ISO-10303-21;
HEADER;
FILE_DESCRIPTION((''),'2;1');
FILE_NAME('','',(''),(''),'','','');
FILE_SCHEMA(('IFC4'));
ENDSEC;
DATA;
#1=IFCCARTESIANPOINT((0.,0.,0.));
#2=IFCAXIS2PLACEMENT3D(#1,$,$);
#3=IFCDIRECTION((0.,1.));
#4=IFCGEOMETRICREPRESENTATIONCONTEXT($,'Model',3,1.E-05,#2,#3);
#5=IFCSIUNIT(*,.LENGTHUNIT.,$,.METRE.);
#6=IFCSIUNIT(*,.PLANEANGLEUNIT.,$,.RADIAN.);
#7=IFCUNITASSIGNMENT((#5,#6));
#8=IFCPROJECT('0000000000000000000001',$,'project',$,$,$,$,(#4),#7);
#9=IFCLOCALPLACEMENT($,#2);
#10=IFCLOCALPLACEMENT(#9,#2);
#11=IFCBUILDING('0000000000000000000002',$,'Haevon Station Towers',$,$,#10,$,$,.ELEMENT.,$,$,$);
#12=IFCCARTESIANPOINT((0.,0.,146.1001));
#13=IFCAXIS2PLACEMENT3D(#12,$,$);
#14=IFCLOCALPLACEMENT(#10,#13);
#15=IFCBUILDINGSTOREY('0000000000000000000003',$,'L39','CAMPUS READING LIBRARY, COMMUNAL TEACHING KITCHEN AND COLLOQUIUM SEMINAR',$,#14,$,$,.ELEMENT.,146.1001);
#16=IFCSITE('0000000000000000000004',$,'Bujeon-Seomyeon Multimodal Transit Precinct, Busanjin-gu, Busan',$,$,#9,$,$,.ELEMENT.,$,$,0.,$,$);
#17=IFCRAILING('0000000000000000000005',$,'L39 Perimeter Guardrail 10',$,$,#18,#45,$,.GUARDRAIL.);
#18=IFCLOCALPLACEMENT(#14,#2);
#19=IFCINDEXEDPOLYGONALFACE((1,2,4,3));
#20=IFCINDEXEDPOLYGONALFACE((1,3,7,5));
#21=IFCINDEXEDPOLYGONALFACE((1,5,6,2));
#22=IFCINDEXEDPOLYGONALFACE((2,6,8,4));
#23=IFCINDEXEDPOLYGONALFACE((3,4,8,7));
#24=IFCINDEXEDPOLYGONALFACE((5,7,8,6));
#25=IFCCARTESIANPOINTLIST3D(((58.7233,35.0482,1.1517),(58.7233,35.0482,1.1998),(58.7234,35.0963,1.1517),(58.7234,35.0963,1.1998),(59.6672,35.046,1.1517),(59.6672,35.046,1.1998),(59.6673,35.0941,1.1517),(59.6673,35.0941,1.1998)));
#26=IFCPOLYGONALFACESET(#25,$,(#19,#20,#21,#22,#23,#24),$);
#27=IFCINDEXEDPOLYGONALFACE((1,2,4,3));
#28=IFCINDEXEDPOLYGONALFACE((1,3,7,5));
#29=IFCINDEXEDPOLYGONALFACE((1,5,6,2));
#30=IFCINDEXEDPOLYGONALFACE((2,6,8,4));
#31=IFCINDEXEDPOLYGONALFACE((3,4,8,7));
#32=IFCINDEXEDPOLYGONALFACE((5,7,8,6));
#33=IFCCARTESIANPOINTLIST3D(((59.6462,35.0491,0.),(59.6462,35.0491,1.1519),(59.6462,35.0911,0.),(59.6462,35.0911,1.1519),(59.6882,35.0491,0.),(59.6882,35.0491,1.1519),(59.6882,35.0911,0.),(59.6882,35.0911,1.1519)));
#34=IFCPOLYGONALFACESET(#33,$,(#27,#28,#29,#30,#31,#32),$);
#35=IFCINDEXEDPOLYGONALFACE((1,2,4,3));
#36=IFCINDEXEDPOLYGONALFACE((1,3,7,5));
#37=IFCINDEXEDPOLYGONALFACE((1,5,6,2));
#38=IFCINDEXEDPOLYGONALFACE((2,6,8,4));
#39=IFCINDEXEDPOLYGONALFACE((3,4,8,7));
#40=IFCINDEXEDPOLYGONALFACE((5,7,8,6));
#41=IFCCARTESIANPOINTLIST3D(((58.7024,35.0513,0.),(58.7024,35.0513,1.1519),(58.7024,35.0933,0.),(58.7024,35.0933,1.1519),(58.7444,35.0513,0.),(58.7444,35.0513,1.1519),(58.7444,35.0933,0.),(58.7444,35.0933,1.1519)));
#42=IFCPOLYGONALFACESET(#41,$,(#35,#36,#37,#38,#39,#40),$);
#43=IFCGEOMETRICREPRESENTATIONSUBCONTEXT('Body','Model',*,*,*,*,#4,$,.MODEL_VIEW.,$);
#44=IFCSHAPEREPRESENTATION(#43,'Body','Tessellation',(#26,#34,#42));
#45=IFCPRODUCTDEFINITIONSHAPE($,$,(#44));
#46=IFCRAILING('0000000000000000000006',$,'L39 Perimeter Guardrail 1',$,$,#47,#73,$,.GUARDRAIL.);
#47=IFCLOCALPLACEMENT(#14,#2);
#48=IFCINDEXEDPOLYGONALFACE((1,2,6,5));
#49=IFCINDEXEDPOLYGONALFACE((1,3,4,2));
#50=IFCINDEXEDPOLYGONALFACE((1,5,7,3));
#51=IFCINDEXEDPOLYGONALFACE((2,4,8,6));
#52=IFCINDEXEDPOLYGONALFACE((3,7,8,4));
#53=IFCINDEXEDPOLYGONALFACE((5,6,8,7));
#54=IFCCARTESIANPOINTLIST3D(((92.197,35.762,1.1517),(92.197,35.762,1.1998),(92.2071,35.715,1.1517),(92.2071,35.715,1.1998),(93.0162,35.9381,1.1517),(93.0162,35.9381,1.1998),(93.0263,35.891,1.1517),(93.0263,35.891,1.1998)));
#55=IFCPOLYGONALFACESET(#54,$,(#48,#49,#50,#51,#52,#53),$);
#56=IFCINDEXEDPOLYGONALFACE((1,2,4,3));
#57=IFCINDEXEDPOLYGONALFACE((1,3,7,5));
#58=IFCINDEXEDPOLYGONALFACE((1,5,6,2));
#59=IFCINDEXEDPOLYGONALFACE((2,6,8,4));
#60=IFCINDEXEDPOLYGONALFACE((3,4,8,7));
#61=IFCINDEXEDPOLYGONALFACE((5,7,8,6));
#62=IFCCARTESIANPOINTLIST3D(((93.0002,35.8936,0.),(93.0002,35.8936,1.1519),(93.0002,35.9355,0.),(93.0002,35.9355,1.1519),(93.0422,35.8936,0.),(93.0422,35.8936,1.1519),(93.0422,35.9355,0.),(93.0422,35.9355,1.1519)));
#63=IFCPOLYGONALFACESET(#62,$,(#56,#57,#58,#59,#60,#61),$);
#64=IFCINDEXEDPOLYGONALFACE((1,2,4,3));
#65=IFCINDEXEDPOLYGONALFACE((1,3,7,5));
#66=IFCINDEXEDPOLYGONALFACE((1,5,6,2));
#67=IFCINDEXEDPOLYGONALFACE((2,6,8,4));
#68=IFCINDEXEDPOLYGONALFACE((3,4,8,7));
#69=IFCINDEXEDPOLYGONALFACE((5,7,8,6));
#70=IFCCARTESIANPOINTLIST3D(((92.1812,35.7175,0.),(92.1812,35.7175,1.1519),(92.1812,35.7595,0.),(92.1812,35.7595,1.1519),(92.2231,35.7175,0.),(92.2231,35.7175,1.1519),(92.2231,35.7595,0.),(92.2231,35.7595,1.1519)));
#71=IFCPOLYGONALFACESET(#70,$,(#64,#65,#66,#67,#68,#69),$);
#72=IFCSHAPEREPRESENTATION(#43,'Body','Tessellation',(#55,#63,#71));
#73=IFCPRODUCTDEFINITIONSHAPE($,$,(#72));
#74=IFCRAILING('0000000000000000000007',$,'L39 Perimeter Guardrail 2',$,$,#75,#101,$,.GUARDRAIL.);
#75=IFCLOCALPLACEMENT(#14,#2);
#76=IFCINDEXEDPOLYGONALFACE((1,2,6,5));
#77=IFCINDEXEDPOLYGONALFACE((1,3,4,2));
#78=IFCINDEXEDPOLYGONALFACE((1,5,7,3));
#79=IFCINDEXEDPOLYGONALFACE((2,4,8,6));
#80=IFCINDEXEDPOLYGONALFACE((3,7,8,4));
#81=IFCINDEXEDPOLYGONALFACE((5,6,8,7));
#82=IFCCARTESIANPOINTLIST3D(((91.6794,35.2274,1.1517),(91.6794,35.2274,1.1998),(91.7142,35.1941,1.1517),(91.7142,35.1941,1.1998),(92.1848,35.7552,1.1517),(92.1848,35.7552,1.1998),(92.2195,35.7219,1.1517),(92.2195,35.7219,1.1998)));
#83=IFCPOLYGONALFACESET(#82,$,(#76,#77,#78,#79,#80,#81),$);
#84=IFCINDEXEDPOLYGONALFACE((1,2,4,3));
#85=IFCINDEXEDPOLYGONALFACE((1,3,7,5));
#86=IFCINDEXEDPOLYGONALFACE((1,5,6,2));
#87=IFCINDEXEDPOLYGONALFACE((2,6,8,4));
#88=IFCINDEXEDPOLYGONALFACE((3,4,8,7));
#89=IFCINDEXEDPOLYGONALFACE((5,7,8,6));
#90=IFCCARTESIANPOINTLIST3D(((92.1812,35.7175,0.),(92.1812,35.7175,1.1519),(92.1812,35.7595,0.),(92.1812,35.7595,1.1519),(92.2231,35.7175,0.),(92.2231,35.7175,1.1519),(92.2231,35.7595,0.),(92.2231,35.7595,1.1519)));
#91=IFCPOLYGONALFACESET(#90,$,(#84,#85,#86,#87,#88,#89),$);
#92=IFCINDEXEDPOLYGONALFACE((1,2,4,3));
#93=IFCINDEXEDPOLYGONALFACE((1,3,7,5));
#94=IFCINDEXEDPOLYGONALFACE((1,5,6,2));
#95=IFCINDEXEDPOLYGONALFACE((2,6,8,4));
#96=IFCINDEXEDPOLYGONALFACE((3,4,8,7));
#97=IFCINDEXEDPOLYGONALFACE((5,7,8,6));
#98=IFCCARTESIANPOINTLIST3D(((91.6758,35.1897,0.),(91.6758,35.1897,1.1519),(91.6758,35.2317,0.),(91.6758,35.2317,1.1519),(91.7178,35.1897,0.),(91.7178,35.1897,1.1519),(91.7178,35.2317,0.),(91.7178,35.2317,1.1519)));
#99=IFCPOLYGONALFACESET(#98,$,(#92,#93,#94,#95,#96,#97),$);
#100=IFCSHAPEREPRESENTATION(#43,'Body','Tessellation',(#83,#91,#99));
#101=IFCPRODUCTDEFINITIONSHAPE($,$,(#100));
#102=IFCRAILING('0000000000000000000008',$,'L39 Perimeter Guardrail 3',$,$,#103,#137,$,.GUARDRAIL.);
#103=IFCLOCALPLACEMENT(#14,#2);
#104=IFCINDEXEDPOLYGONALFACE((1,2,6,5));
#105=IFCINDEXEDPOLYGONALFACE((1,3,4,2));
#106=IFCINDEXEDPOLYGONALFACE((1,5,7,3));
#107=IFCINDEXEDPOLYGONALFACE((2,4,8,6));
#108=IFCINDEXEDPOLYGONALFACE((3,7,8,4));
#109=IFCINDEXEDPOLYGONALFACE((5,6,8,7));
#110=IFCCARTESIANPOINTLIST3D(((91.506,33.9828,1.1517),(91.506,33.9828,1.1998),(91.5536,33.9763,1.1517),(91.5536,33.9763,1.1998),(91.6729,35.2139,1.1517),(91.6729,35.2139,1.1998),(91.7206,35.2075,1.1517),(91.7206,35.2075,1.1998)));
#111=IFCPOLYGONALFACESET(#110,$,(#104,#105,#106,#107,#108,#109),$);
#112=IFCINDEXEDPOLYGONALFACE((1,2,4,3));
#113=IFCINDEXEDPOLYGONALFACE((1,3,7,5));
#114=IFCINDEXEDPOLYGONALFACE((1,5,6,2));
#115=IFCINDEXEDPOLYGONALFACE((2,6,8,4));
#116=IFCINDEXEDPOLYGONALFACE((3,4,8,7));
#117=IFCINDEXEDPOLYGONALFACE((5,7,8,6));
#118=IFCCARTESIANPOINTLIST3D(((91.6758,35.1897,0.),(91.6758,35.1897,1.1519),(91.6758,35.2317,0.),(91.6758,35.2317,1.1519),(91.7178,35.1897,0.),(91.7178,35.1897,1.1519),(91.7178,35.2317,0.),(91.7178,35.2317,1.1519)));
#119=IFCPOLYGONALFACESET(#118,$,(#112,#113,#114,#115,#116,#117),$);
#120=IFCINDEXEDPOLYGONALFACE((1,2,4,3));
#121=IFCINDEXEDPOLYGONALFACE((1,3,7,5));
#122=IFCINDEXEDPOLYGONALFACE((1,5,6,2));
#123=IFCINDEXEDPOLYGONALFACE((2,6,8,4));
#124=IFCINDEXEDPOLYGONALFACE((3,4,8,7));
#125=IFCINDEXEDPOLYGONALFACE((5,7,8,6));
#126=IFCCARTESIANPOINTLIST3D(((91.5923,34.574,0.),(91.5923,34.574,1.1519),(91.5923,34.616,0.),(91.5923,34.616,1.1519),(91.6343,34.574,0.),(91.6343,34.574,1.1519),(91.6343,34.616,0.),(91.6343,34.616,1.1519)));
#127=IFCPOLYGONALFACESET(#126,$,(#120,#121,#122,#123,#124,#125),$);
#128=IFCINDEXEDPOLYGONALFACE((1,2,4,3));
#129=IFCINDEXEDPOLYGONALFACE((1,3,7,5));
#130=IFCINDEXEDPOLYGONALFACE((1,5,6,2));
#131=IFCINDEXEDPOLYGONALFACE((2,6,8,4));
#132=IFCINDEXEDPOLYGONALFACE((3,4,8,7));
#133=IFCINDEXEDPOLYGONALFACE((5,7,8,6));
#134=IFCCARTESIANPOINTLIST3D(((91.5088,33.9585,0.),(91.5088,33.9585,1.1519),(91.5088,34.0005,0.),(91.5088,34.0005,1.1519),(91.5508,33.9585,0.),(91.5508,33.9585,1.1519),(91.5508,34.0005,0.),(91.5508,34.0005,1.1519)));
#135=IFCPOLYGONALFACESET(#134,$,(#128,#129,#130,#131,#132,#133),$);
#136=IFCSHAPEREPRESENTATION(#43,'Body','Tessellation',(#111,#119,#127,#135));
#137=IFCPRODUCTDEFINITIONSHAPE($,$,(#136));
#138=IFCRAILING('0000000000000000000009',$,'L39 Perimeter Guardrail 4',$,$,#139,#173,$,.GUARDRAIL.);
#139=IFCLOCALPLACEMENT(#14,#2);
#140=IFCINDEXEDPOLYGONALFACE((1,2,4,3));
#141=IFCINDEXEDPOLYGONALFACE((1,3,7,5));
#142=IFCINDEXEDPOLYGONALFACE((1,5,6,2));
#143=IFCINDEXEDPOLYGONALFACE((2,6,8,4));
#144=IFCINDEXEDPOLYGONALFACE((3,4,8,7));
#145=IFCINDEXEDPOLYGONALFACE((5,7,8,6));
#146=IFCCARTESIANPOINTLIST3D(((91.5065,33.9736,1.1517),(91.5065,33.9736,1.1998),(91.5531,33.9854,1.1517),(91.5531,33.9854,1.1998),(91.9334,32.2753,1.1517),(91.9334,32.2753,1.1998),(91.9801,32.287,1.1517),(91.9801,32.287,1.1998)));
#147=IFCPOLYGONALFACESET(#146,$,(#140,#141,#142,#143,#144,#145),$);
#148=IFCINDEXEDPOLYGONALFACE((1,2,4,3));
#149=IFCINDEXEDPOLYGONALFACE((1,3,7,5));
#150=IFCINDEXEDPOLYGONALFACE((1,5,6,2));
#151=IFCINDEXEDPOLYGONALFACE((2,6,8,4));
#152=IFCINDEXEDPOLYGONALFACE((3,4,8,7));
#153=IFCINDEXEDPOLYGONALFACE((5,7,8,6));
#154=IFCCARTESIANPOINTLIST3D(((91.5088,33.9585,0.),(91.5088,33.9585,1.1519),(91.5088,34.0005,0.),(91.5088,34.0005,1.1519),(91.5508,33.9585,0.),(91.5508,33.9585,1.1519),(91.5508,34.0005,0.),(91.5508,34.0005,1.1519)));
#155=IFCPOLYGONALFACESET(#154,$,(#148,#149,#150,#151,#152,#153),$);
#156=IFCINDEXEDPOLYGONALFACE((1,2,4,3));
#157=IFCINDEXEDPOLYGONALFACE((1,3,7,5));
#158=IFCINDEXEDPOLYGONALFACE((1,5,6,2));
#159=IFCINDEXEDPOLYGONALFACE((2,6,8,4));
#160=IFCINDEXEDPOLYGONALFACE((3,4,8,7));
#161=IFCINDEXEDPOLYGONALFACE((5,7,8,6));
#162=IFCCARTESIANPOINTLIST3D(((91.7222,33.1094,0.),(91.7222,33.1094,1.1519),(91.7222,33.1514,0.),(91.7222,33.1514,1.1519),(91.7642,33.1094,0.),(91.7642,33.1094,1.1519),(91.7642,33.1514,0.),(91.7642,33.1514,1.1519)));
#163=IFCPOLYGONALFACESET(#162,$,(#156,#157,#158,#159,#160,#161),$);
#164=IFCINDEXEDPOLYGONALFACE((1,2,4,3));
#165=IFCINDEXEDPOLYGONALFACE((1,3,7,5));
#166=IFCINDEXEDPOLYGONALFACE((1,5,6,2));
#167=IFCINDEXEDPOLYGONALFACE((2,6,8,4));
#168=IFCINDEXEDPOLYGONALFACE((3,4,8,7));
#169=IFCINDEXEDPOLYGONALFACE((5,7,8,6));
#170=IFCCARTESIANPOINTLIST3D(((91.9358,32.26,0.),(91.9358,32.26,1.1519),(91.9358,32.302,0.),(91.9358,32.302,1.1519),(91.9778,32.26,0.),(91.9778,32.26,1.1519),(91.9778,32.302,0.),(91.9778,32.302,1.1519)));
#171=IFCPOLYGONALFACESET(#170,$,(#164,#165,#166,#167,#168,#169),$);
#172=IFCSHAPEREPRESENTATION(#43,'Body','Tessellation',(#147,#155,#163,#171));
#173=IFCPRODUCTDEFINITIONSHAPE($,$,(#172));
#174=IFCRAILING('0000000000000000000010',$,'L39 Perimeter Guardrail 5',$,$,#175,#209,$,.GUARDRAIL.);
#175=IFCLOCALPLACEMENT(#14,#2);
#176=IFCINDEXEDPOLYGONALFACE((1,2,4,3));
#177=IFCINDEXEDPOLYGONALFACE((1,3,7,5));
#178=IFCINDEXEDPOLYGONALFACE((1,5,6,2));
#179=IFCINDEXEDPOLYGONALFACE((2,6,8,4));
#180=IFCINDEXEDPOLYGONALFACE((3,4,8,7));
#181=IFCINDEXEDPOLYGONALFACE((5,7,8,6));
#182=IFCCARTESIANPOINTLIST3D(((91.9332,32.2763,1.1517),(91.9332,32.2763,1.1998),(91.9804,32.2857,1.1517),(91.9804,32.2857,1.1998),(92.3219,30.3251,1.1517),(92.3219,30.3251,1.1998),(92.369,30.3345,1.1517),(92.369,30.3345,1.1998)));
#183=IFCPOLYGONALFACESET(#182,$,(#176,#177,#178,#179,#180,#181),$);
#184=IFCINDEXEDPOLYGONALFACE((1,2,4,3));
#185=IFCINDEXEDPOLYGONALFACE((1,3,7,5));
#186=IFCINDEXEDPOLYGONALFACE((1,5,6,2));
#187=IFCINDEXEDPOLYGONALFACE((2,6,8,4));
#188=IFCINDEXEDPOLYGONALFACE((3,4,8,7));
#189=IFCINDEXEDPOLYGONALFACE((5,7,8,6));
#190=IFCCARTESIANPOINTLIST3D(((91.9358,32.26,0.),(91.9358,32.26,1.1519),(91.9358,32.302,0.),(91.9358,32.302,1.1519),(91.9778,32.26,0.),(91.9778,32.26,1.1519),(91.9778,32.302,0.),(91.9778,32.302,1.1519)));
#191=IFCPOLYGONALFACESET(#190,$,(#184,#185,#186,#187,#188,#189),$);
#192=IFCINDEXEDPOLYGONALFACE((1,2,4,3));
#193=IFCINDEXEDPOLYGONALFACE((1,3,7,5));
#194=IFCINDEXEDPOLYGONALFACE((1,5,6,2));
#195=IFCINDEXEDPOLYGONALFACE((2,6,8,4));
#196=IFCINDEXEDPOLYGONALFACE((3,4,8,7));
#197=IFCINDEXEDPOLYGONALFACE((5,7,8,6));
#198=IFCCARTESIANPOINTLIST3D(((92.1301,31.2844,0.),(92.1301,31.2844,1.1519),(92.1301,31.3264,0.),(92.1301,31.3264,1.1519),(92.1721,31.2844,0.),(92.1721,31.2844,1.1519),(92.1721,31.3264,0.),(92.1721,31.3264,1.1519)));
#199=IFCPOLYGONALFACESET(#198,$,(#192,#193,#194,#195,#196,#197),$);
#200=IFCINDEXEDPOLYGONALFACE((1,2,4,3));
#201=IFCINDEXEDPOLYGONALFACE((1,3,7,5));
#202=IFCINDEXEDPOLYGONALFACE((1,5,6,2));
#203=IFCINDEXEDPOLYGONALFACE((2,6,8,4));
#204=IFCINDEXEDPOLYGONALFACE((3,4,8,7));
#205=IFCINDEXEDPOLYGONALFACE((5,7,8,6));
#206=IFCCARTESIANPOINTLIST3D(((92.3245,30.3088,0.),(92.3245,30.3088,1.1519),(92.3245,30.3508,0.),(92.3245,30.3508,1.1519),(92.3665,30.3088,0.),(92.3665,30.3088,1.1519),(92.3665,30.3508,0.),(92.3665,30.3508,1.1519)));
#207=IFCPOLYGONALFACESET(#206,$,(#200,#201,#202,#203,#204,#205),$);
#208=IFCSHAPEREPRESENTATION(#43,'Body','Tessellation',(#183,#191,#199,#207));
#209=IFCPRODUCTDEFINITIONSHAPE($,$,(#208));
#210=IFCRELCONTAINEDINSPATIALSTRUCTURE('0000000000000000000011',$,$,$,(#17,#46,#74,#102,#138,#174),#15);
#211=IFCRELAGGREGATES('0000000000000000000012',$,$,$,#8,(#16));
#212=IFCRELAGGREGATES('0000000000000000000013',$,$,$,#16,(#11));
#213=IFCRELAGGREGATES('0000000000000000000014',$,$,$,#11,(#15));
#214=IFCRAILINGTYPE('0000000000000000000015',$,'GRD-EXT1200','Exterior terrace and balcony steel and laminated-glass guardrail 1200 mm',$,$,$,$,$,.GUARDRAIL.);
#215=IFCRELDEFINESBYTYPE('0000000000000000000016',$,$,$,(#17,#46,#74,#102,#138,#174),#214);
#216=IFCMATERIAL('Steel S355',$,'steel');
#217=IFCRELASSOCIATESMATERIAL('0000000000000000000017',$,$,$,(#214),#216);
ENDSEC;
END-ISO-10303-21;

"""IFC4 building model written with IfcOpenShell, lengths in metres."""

from ifc_helpers import new_model, si_unit, direction, frame, origin, origin_2d, place, context, subcontext, project, spatial, rectangle, extrude, material, type_object, element, save


model = new_model("IFC4")

# Units and contexts
model_context = context("Model", 3, precision=1e-05, world=origin(), true_north=direction((0.0, 1.0)))
body_context = subcontext(model_context, "Body", "Model", "MODEL_VIEW")
ifc_project = project(units=[si_unit("LENGTHUNIT", "METRE"), si_unit("PLANEANGLEUNIT", "RADIAN")], contexts=[model_context])

# Site, building, storey
site_placement = place(None, origin())
site = spatial("IfcSite", under=ifc_project, at=site_placement, Name="Bujeon-Seomyeon Multimodal Transit Precinct, Busanjin-gu, Busan", CompositionType="ELEMENT", RefElevation=0.0)
building_placement = place(site_placement, origin())
building = spatial("IfcBuilding", under=site, at=building_placement, Name="Haevon Station Towers", CompositionType="ELEMENT")
storey_placement = place(building_placement, frame((0.0, 0.0, 146.1001)))
storey = spatial("IfcBuildingStorey", under=building, at=storey_placement, Name="L39", Description="CAMPUS READING LIBRARY, COMMUNAL TEACHING KITCHEN AND COLLOQUIUM SEMINAR", CompositionType="ELEMENT", Elevation=146.1001)

# Shared definitions
ifc_material_1 = material(Name="Steel S355", Category="steel")

# Railings
railing_type = type_object("IfcRailingType", Name="GRD-EXT1200", Description="Exterior terrace and balcony steel and laminated-glass guardrail 1200 mm", PredefinedType="GUARDRAIL", material=ifc_material_1)
railing_1_placement = place(storey_placement, frame((59.6672, 35.0701, 0.0)))
element("IfcRailing", 1, at=railing_1_placement, inside=storey, type_object=railing_type, Name="L39 Perimeter Guardrail 10", PredefinedType="GUARDRAIL", context=body_context, shape_type="SweptSolid", body=[
    extrude(rectangle(XDim=0.0481, YDim=0.0481, at=origin_2d()), frame((0.0, 0.0, 1.1758), z_axis=(-0.999997, 0.002328, 0.0), x_axis=(-0.002328, -0.999997, 0.0)), (0.0, 0.0, 1.0), 0.9438),
    extrude(rectangle(XDim=0.042, YDim=0.042, at=origin_2d()), origin(), (0.0, 0.0, 1.0), 1.1519),
    extrude(rectangle(XDim=0.042, YDim=0.042, at=origin_2d()), frame((-0.9438, 0.0022, 0.0)), (0.0, 0.0, 1.0), 1.1519),
])
railing_2_placement = place(storey_placement, frame((93.0212, 35.9146, 0.0)))
element("IfcRailing", 2, at=railing_2_placement, inside=storey, type_object=railing_type, Name="L39 Perimeter Guardrail 1", PredefinedType="GUARDRAIL", context=body_context, shape_type="SweptSolid", body=[
    extrude(rectangle(XDim=0.0481, YDim=0.0481, at=origin_2d()), frame((0.0, 0.0, 1.1758), z_axis=(-0.977679, -0.210106, 0.0), x_axis=(0.210106, -0.977679, 0.0)), (0.0, 0.0, 1.0), 0.8379),
    extrude(rectangle(XDim=0.042, YDim=0.042, at=origin_2d()), origin(), (0.0, 0.0, 1.0), 1.1519),
    extrude(rectangle(XDim=0.042, YDim=0.042, at=origin_2d()), frame((-0.8191, -0.176, 0.0)), (0.0, 0.0, 1.0), 1.1519),
])
railing_3_placement = place(storey_placement, frame((92.2021, 35.7385, 0.0)))
element("IfcRailing", 3, at=railing_3_placement, inside=storey, type_object=railing_type, Name="L39 Perimeter Guardrail 2", PredefinedType="GUARDRAIL", context=body_context, shape_type="SweptSolid", body=[
    extrude(rectangle(XDim=0.0481, YDim=0.0481, at=origin_2d()), frame((0.0, 0.0, 1.1758), z_axis=(-0.691571, -0.722308, 0.0), x_axis=(0.722308, -0.691571, 0.0)), (0.0, 0.0, 1.0), 0.7307),
    extrude(rectangle(XDim=0.042, YDim=0.042, at=origin_2d()), origin(), (0.0, 0.0, 1.0), 1.1519),
    extrude(rectangle(XDim=0.042, YDim=0.042, at=origin_2d()), frame((-0.5054, -0.5278, 0.0)), (0.0, 0.0, 1.0), 1.1519),
])
railing_4_placement = place(storey_placement, frame((91.6968, 35.2107, 0.0)))
element("IfcRailing", 4, at=railing_4_placement, inside=storey, type_object=railing_type, Name="L39 Perimeter Guardrail 3", PredefinedType="GUARDRAIL", context=body_context, shape_type="SweptSolid", body=[
    extrude(rectangle(XDim=0.0481, YDim=0.0481, at=origin_2d()), frame((0.0, 0.0, 1.1758), z_axis=(-0.134403, -0.990927, 0.0), x_axis=(0.990927, -0.134403, 0.0)), (0.0, 0.0, 1.0), 1.2424),
    extrude(rectangle(XDim=0.042, YDim=0.042, at=origin_2d()), origin(), (0.0, 0.0, 1.0), 1.1519),
    extrude(rectangle(XDim=0.042, YDim=0.042, at=origin_2d()), frame((-0.0835, -0.6157, 0.0)), (0.0, 0.0, 1.0), 1.1519),
    extrude(rectangle(XDim=0.042, YDim=0.042, at=origin_2d()), frame((-0.167, -1.2312, 0.0)), (0.0, 0.0, 1.0), 1.1519),
])
railing_5_placement = place(storey_placement, frame((91.5298, 33.9795, 0.0)))
element("IfcRailing", 5, at=railing_5_placement, inside=storey, type_object=railing_type, Name="L39 Perimeter Guardrail 4", PredefinedType="GUARDRAIL", context=body_context, shape_type="SweptSolid", body=[
    extrude(rectangle(XDim=0.0481, YDim=0.0481, at=origin_2d()), frame((0.0, 0.0, 1.1758), z_axis=(0.243815, -0.969822, 0.0), x_axis=(0.969822, 0.243815, 0.0)), (0.0, 0.0, 1.0), 1.7512),
    extrude(rectangle(XDim=0.042, YDim=0.042, at=origin_2d()), origin(), (0.0, 0.0, 1.0), 1.1519),
    extrude(rectangle(XDim=0.042, YDim=0.042, at=origin_2d()), frame((0.2134, -0.8491, 0.0)), (0.0, 0.0, 1.0), 1.1519),
    extrude(rectangle(XDim=0.042, YDim=0.042, at=origin_2d()), frame((0.427, -1.6985, 0.0)), (0.0, 0.0, 1.0), 1.1519),
])
railing_6_placement = place(storey_placement, frame((91.9568, 32.281, 0.0)))
element("IfcRailing", 6, at=railing_6_placement, inside=storey, type_object=railing_type, Name="L39 Perimeter Guardrail 5", PredefinedType="GUARDRAIL", context=body_context, shape_type="SweptSolid", body=[
    extrude(rectangle(XDim=0.0481, YDim=0.0481, at=origin_2d()), frame((0.0, 0.0, 1.1758), z_axis=(0.195361, -0.980731, 0.0), x_axis=(0.980731, 0.195361, 0.0)), (0.0, 0.0, 1.0), 1.9895),
    extrude(rectangle(XDim=0.042, YDim=0.042, at=origin_2d()), origin(), (0.0, 0.0, 1.0), 1.1519),
    extrude(rectangle(XDim=0.042, YDim=0.042, at=origin_2d()), frame((0.1943, -0.9756, 0.0)), (0.0, 0.0, 1.0), 1.1519),
    extrude(rectangle(XDim=0.042, YDim=0.042, at=origin_2d()), frame((0.3887, -1.9512, 0.0)), (0.0, 0.0, 1.0), 1.1519),
])

save(model, "model.ifc")
